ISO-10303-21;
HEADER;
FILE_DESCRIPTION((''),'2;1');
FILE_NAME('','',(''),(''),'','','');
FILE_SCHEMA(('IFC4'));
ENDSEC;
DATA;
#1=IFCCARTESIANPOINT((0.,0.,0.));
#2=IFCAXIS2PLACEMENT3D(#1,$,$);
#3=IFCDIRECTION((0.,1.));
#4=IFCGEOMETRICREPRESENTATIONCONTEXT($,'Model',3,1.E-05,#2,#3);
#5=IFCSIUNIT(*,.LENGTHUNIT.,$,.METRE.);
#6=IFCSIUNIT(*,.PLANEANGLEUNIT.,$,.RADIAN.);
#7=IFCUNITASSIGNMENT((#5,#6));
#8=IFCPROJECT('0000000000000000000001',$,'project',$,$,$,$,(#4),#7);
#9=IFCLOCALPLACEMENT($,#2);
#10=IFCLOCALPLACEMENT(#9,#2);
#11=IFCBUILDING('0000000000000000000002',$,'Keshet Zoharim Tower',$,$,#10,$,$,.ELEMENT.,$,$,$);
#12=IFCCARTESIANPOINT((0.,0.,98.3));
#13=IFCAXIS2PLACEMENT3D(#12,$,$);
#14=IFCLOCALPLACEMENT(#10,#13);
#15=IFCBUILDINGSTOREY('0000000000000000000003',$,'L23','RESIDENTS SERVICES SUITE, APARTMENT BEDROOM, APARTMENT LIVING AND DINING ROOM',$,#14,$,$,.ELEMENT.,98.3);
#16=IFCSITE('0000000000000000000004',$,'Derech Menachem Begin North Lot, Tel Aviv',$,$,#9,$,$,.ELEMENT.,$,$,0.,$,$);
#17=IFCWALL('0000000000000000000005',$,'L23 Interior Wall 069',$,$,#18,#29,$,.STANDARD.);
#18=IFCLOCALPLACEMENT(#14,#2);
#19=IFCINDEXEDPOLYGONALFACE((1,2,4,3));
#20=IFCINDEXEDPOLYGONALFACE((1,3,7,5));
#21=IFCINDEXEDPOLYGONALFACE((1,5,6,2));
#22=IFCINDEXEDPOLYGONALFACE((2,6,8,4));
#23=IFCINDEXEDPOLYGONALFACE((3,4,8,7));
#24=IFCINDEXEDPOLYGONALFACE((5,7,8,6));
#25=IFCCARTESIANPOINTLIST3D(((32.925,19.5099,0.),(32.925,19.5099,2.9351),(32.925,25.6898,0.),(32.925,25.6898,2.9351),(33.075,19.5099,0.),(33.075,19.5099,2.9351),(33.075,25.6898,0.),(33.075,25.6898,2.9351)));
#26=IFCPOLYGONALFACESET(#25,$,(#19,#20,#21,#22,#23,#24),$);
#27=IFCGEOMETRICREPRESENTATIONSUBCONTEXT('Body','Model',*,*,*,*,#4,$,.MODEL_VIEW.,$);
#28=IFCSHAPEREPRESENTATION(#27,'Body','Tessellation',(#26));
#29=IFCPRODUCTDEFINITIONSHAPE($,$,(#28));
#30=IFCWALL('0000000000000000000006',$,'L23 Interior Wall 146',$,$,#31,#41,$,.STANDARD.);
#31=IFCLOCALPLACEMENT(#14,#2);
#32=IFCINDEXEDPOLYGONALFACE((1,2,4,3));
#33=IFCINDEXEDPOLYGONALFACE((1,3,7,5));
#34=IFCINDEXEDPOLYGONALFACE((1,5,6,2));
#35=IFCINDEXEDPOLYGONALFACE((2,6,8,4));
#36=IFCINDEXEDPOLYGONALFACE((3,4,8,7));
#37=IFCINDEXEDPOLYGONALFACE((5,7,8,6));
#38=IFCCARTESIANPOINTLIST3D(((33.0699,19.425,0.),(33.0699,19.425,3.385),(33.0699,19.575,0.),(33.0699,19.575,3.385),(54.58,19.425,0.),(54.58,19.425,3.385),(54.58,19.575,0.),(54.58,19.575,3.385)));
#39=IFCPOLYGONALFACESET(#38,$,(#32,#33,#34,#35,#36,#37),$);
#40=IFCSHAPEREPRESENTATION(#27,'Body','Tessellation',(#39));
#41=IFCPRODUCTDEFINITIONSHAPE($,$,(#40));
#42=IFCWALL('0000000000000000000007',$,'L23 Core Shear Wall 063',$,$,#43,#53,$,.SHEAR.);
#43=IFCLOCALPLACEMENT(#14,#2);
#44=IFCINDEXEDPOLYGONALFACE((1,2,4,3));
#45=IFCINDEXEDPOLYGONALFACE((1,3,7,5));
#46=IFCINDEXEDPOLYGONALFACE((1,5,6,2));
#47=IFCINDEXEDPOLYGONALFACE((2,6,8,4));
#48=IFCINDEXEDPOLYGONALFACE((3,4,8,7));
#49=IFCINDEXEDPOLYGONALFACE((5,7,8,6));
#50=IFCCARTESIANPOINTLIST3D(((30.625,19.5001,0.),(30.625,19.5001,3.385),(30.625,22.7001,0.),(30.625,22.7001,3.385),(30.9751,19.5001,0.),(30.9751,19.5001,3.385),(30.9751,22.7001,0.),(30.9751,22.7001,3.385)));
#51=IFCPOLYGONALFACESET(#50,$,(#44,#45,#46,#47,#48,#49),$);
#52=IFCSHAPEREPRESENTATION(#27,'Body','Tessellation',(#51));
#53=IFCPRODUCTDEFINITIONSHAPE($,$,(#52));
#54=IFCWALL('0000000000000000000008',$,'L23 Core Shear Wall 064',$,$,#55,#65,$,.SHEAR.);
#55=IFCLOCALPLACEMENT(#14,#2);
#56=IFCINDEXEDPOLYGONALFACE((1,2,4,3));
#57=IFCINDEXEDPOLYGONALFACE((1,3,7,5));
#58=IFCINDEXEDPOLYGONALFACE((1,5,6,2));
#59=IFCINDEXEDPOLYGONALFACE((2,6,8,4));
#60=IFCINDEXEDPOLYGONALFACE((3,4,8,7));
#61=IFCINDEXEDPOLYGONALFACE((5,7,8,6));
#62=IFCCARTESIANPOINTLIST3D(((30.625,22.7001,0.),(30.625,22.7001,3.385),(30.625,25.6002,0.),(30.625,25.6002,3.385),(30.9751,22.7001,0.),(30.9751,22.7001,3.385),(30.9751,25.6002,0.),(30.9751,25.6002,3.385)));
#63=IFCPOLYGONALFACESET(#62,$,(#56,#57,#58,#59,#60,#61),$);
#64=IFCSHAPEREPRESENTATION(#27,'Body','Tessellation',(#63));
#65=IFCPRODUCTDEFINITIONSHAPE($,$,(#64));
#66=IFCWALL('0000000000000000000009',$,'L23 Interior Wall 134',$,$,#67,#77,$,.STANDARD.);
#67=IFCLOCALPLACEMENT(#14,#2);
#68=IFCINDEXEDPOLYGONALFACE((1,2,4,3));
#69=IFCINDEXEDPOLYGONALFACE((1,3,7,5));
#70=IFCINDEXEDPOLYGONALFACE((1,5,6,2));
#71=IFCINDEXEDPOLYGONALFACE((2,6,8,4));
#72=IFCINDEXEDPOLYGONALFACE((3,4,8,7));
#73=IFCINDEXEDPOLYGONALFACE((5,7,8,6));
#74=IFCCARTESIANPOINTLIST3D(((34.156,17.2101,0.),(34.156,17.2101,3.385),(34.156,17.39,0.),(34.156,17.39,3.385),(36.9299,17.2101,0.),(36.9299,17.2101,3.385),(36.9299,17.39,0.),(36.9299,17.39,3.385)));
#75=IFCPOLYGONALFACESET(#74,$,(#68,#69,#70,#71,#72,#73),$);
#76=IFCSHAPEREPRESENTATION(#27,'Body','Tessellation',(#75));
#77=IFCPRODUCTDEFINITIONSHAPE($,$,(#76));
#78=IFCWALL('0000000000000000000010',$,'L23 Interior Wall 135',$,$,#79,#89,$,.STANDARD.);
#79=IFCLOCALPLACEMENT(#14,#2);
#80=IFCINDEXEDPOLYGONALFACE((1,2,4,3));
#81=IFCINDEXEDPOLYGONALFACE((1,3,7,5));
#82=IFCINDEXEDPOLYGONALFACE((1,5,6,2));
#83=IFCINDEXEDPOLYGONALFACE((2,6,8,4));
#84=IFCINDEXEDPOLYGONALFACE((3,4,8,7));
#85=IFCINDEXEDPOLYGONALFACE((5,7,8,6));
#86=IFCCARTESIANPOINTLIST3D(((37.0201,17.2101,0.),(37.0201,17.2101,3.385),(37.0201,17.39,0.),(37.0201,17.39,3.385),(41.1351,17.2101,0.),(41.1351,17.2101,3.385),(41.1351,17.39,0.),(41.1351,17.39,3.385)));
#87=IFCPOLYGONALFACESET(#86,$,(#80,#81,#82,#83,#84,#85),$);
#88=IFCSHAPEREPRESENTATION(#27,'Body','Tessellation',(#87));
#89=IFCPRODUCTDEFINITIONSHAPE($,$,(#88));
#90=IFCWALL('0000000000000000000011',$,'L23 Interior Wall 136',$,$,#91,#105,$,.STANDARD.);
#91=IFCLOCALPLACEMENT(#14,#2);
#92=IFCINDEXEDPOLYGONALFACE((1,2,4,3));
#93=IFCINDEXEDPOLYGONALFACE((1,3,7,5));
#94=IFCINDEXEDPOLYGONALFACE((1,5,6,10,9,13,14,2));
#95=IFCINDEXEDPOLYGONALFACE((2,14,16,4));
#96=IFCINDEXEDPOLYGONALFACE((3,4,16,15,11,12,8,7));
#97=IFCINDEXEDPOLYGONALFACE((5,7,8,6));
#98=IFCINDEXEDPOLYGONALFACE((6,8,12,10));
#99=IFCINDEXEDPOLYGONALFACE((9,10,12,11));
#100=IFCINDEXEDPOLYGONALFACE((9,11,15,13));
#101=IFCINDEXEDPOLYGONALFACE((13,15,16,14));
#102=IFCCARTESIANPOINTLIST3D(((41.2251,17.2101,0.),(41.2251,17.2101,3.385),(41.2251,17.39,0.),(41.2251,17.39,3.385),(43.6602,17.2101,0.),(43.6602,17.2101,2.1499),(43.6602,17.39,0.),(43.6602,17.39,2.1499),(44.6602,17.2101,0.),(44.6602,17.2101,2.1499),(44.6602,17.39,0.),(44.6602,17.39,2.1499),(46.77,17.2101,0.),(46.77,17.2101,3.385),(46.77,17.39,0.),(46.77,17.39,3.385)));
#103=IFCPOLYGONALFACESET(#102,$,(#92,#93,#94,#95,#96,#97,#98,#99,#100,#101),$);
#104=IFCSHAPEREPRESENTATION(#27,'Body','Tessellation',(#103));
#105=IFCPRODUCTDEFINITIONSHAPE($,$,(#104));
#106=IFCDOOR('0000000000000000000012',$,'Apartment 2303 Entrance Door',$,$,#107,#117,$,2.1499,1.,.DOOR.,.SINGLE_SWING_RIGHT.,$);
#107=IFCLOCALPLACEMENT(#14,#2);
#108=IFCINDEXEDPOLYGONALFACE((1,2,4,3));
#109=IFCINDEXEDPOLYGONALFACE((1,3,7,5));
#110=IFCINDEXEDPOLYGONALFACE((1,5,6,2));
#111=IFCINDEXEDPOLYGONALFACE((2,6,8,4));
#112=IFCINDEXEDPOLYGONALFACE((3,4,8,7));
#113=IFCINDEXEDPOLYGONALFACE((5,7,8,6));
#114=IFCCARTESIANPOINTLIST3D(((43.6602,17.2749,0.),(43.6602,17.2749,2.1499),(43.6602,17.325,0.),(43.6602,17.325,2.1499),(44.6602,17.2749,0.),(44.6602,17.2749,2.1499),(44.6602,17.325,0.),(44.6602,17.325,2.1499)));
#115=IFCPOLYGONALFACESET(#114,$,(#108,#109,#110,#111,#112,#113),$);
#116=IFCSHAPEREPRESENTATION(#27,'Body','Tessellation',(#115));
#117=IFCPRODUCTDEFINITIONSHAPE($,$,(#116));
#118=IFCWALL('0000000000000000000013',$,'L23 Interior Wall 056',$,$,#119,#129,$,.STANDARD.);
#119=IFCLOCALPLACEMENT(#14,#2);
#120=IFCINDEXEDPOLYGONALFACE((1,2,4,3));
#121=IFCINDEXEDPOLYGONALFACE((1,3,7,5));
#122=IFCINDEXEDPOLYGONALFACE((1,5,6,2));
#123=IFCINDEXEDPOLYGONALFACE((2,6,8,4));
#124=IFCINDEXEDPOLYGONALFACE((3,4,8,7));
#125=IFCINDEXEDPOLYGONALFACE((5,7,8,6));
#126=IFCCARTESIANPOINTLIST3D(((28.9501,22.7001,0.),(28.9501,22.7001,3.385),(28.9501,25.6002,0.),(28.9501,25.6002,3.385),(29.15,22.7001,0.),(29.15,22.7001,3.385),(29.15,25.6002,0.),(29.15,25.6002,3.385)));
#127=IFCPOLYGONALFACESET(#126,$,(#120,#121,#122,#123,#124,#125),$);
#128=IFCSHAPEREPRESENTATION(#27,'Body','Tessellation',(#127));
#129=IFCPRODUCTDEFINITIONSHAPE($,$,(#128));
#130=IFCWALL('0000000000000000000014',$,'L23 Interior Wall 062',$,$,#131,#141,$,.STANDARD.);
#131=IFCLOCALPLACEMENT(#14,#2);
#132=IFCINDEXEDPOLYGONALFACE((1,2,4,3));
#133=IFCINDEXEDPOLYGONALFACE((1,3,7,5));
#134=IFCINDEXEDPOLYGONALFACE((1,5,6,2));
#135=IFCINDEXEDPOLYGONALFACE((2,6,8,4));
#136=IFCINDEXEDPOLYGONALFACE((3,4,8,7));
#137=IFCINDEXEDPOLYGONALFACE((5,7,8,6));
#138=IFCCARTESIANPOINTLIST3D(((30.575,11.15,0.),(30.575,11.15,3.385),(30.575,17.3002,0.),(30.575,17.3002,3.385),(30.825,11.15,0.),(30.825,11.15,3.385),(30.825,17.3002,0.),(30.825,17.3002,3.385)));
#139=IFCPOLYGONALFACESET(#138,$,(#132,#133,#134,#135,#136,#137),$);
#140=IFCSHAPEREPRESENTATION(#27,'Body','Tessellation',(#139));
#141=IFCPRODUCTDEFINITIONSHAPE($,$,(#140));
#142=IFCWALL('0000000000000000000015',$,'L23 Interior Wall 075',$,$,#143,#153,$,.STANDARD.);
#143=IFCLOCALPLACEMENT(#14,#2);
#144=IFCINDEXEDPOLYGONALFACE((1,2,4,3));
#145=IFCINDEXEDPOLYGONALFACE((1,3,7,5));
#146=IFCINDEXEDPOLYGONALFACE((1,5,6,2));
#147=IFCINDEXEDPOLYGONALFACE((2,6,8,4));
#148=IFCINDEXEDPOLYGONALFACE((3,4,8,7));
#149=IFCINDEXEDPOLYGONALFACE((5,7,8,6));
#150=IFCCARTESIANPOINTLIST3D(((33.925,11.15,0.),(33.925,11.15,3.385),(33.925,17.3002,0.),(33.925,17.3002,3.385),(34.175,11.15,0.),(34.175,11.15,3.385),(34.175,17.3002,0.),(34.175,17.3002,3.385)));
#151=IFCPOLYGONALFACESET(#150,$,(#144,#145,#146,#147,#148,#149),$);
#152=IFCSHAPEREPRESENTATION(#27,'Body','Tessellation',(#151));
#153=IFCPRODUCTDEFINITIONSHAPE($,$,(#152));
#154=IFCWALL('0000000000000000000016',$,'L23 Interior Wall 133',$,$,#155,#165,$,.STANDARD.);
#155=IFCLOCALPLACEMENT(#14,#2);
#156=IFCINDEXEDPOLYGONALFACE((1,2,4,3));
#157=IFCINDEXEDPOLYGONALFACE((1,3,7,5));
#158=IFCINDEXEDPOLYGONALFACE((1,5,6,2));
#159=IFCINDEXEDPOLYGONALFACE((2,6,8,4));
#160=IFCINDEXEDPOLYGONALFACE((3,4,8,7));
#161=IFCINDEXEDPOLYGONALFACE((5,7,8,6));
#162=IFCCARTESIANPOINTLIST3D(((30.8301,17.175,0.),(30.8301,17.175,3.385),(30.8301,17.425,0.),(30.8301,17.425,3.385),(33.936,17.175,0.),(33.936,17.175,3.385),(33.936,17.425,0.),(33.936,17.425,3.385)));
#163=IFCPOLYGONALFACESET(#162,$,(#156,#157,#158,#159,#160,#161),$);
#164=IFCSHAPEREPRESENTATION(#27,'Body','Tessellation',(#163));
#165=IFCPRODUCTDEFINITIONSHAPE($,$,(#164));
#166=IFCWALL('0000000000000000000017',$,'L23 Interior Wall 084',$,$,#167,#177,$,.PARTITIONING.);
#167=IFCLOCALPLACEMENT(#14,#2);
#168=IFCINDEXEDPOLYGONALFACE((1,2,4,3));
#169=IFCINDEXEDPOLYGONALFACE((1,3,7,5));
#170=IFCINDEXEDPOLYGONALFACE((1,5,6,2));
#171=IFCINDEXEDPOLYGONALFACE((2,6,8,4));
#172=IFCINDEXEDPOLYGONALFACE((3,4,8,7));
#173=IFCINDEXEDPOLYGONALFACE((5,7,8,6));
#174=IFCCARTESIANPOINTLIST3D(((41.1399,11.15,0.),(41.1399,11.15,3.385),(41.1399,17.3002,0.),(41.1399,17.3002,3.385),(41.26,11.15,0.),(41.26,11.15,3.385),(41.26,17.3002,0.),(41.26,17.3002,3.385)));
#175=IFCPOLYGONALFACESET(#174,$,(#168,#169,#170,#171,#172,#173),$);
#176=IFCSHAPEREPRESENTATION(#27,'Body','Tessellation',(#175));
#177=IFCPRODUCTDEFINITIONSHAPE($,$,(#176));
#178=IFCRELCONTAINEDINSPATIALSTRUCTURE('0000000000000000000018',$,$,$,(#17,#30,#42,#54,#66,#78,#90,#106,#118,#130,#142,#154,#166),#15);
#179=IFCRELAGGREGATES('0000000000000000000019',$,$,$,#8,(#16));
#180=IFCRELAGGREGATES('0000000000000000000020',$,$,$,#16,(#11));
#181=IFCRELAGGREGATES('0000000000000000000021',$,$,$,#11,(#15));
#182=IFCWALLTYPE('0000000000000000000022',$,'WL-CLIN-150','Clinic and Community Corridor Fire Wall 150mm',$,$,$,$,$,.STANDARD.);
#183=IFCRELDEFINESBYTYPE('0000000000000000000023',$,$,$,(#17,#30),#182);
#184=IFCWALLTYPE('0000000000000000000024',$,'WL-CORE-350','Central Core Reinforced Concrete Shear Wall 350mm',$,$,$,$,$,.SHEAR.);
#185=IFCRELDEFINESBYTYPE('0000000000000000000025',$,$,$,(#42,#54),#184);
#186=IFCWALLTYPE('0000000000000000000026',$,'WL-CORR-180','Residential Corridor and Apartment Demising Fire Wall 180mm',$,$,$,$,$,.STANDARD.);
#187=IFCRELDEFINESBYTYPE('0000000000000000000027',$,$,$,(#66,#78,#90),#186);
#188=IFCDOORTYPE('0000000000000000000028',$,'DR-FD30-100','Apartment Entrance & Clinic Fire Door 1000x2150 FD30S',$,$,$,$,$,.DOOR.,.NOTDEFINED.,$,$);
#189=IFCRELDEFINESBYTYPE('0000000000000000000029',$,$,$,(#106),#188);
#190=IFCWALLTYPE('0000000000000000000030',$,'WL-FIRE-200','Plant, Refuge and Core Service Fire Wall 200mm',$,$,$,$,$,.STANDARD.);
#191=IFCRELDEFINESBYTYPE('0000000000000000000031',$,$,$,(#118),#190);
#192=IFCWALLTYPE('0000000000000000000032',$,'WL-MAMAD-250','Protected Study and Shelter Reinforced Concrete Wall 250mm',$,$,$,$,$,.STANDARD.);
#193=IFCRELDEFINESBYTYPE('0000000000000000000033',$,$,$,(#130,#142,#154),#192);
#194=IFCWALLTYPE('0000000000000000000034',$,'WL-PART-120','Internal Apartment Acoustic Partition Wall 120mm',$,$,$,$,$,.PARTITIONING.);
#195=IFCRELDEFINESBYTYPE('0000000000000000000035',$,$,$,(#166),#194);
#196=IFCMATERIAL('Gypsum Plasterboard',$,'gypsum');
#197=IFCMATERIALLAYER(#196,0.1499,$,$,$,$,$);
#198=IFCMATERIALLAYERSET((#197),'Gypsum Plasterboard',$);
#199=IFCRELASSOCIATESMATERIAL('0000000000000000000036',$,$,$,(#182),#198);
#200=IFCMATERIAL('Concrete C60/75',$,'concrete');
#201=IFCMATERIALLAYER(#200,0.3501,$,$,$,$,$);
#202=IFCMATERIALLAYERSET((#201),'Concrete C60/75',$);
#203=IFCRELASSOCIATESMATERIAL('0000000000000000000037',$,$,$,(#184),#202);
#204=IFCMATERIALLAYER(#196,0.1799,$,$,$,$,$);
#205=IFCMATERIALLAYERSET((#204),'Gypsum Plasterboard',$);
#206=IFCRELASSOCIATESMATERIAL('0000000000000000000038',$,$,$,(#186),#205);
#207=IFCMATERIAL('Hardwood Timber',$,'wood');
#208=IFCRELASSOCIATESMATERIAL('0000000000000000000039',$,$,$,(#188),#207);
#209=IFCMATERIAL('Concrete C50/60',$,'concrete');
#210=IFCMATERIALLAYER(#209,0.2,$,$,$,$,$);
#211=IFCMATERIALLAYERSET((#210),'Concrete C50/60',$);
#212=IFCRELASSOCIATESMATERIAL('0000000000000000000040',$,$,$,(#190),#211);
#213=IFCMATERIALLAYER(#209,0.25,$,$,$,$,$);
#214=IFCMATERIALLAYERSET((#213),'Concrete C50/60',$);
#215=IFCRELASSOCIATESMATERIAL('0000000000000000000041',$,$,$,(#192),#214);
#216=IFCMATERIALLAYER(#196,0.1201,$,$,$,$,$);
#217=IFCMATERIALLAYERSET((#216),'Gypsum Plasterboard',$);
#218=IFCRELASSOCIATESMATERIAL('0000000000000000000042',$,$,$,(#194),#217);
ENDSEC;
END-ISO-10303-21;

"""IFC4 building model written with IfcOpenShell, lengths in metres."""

from ifc_helpers import new_model, si_unit, direction, frame, frame_2d, origin, place, context, subcontext, project, spatial, rectangle, extrude, material, layer, layer_set, type_object, element, fill, save


model = new_model("IFC4")

# Units and contexts
model_context = context("Model", 3, precision=1e-05, world=origin(), true_north=direction((0.0, 1.0)))
body_context = subcontext(model_context, "Body", "Model", "MODEL_VIEW")
ifc_project = project(units=[si_unit("LENGTHUNIT", "METRE"), si_unit("PLANEANGLEUNIT", "RADIAN")], contexts=[model_context])

# Site, building, storey
site_placement = place(None, origin())
site = spatial("IfcSite", under=ifc_project, at=site_placement, Name="Derech Menachem Begin North Lot, Tel Aviv", CompositionType="ELEMENT", RefElevation=0.0)
building_placement = place(site_placement, origin())
building = spatial("IfcBuilding", under=site, at=building_placement, Name="Keshet Zoharim Tower", CompositionType="ELEMENT")
storey_placement = place(building_placement, frame((0.0, 0.0, 98.3)))
storey = spatial("IfcBuildingStorey", under=building, at=storey_placement, Name="L23", Description="RESIDENTS SERVICES SUITE, APARTMENT BEDROOM, APARTMENT LIVING AND DINING ROOM", CompositionType="ELEMENT", Elevation=98.3)

# Shared definitions
ifc_material_1 = material(Name="Concrete C60/75", Category="concrete")

# Walls
ifc_material_2 = material(Name="Gypsum Plasterboard", Category="gypsum")
ifc_layer_1 = layer(ifc_material_2, 0.1499)
ifc_layer_set_1 = layer_set([ifc_layer_1], Name="Gypsum Plasterboard")
wall_type_1 = type_object("IfcWallType", Name="WL-CLIN-150", Description="Clinic and Community Corridor Fire Wall 150mm", PredefinedType="STANDARD", material=ifc_layer_set_1)
wall_1_placement = place(storey_placement, frame((33.0, 19.51, 0.0), z_axis=(0.0, 0.0, 1.0), x_axis=(0.0, 1.0, 0.0)))
element("IfcWall", 1, at=wall_1_placement, inside=storey, type_object=wall_type_1, Name="L23 Interior Wall 069", PredefinedType="STANDARD", context=body_context, shape_type="SweptSolid", body=[
    extrude(rectangle(XDim=6.1799, YDim=0.1499, at=frame_2d((3.0898, 0.0))), origin(), (0.0, 0.0, 1.0), 2.9351),
])
wall_2_placement = place(storey_placement, frame((33.0701, 19.5, 0.0), z_axis=(0.0, 0.0, 1.0), x_axis=(1.0, 0.0, 0.0)))
element("IfcWall", 2, at=wall_2_placement, inside=storey, type_object=wall_type_1, Name="L23 Interior Wall 146", PredefinedType="STANDARD", context=body_context, shape_type="SweptSolid", body=[
    extrude(rectangle(XDim=21.51, YDim=0.1499, at=frame_2d((10.7549, 0.0))), origin(), (0.0, 0.0, 1.0), 3.385),
])
ifc_layer_2 = layer(ifc_material_1, 0.3501)
ifc_layer_set_2 = layer_set([ifc_layer_2], Name="Concrete C60/75")
wall_type_2 = type_object("IfcWallType", Name="WL-CORE-350", Description="Central Core Reinforced Concrete Shear Wall 350mm", PredefinedType="SHEAR", material=ifc_layer_set_2)
wall_3_placement = place(storey_placement, frame((30.8, 19.5, 0.0), z_axis=(0.0, 0.0, 1.0), x_axis=(0.0, 1.0, 0.0)))
element("IfcWall", 3, at=wall_3_placement, inside=storey, type_object=wall_type_2, Name="L23 Core Shear Wall 063", PredefinedType="SHEAR", context=body_context, shape_type="SweptSolid", body=[
    extrude(rectangle(XDim=3.2, YDim=0.3501, at=frame_2d((1.6001, 0.0))), origin(), (0.0, 0.0, 1.0), 3.385),
])
wall_4_placement = place(storey_placement, frame((30.8, 22.7, 0.0), z_axis=(0.0, 0.0, 1.0), x_axis=(0.0, 1.0, 0.0)))
element("IfcWall", 4, at=wall_4_placement, inside=storey, type_object=wall_type_2, Name="L23 Core Shear Wall 064", PredefinedType="SHEAR", context=body_context, shape_type="SweptSolid", body=[
    extrude(rectangle(XDim=2.9001, YDim=0.3501, at=frame_2d((1.4502, 0.0))), origin(), (0.0, 0.0, 1.0), 3.385),
])
ifc_layer_3 = layer(ifc_material_2, 0.1799)
ifc_layer_set_3 = layer_set([ifc_layer_3], Name="Gypsum Plasterboard")
wall_type_3 = type_object("IfcWallType", Name="WL-CORR-180", Description="Residential Corridor and Apartment Demising Fire Wall 180mm", PredefinedType="STANDARD", material=ifc_layer_set_3)
wall_5_placement = place(storey_placement, frame((34.156, 17.3, 0.0), z_axis=(0.0, 0.0, 1.0), x_axis=(1.0, 0.0, 0.0)))
element("IfcWall", 5, at=wall_5_placement, inside=storey, type_object=wall_type_3, Name="L23 Interior Wall 134", PredefinedType="STANDARD", context=body_context, shape_type="SweptSolid", body=[
    extrude(rectangle(XDim=2.7739, YDim=0.1799, at=frame_2d((1.387, 0.0))), origin(), (0.0, 0.0, 1.0), 3.385),
])
wall_6_placement = place(storey_placement, frame((37.02, 17.3, 0.0), z_axis=(0.0, 0.0, 1.0), x_axis=(1.0, 0.0, 0.0)))
element("IfcWall", 6, at=wall_6_placement, inside=storey, type_object=wall_type_3, Name="L23 Interior Wall 135", PredefinedType="STANDARD", context=body_context, shape_type="SweptSolid", body=[
    extrude(rectangle(XDim=4.115, YDim=0.1799, at=frame_2d((2.0576, 0.0))), origin(), (0.0, 0.0, 1.0), 3.385),
])

# Wall, opening, door
wall_7_placement = place(storey_placement, frame((41.2251, 17.3, 0.0), z_axis=(0.0, 0.0, 1.0), x_axis=(1.0, 0.0, 0.0)))
wall_7 = element("IfcWall", 7, at=wall_7_placement, inside=storey, type_object=wall_type_3, Name="L23 Interior Wall 136", PredefinedType="STANDARD", context=body_context, shape_type="SweptSolid", body=[
    extrude(rectangle(XDim=5.5449, YDim=0.1799, at=frame_2d((2.7725, 0.0))), origin(), (0.0, 0.0, 1.0), 3.385),
])
opening_1_placement = place(wall_7_placement, frame((2.4351, 0.0, 0.0)))
opening_1 = element("IfcOpeningElement", 8, at=opening_1_placement, cuts=wall_7, PredefinedType="OPENING", context=body_context, shape_type="SweptSolid", body=[
    extrude(rectangle(XDim=1.0, YDim=2.1499, at=frame_2d((0.5, 1.075))), frame((0.0, 0.1001, 0.0), z_axis=(0.0, -1.0, 0.0), x_axis=(1.0, 0.0, 0.0)), (0.0, 0.0, 1.0), 0.2),
])
ifc_material_3 = material(Name="Hardwood Timber", Category="wood")
door_type_1 = type_object("IfcDoorType", Name="DR-FD30-100", Description="Apartment Entrance & Clinic Fire Door 1000x2150 FD30S", OperationType="NOTDEFINED", PredefinedType="DOOR", material=ifc_material_3)
door_1_placement = place(opening_1_placement, origin())
door_1 = element("IfcDoor", 9, at=door_1_placement, inside=storey, type_object=door_type_1, Name="Apartment 2303 Entrance Door", OperationType="SINGLE_SWING_RIGHT", OverallHeight=2.1499, OverallWidth=1.0, PredefinedType="DOOR", context=body_context, shape_type="SweptSolid", body=[
    extrude(rectangle(XDim=1.0, YDim=2.1499, at=frame_2d((0.5, 1.075))), frame((0.0, 0.0249, 0.0), z_axis=(0.0, -1.0, 0.0), x_axis=(1.0, 0.0, 0.0)), (0.0, 0.0, 1.0), 0.05),
])
fill(opening_1, door_1)

# Walls
ifc_material_4 = material(Name="Concrete C50/60", Category="concrete")
ifc_layer_4 = layer(ifc_material_4, 0.2)
ifc_layer_set_4 = layer_set([ifc_layer_4], Name="Concrete C50/60")
wall_type_4 = type_object("IfcWallType", Name="WL-FIRE-200", Description="Plant, Refuge and Core Service Fire Wall 200mm", PredefinedType="STANDARD", material=ifc_layer_set_4)
wall_8_placement = place(storey_placement, frame((29.05, 22.7, 0.0), z_axis=(0.0, 0.0, 1.0), x_axis=(0.0, 1.0, 0.0)))
element("IfcWall", 10, at=wall_8_placement, inside=storey, type_object=wall_type_4, Name="L23 Interior Wall 056", PredefinedType="STANDARD", context=body_context, shape_type="SweptSolid", body=[
    extrude(rectangle(XDim=2.9001, YDim=0.2, at=frame_2d((1.4502, 0.0))), origin(), (0.0, 0.0, 1.0), 3.385),
])
ifc_layer_5 = layer(ifc_material_4, 0.25)
ifc_layer_set_5 = layer_set([ifc_layer_5], Name="Concrete C50/60")
wall_type_5 = type_object("IfcWallType", Name="WL-MAMAD-250", Description="Protected Study and Shelter Reinforced Concrete Wall 250mm", PredefinedType="STANDARD", material=ifc_layer_set_5)
for number, where, z_axis, x_axis, name in (
    (11, (30.7, 11.1499, 0.0), (0.0, 0.0, 1.0), (0.0, 1.0, 0.0), "L23 Interior Wall 062"),
    (12, (34.05, 11.1499, 0.0), (0.0, 0.0, 1.0), (0.0, 1.0, 0.0), "L23 Interior Wall 075"),
):
    element("IfcWall", number, at=place(storey_placement, frame(where, z_axis=z_axis, x_axis=x_axis)), inside=storey, type_object=wall_type_5, Name=name, PredefinedType="STANDARD", context=body_context, shape_type="SweptSolid", body=[
        extrude(rectangle(XDim=6.1501, YDim=0.25, at=frame_2d((3.0752, 0.0))), origin(), (0.0, 0.0, 1.0), 3.385),
    ])

# Walls
wall_9_placement = place(storey_placement, frame((30.8301, 17.3, 0.0), z_axis=(0.0, 0.0, 1.0), x_axis=(1.0, 0.0, 0.0)))
element("IfcWall", 13, at=wall_9_placement, inside=storey, type_object=wall_type_5, Name="L23 Interior Wall 133", PredefinedType="STANDARD", context=body_context, shape_type="SweptSolid", body=[
    extrude(rectangle(XDim=3.106, YDim=0.25, at=frame_2d((1.553, 0.0))), origin(), (0.0, 0.0, 1.0), 3.385),
])
ifc_layer_6 = layer(ifc_material_2, 0.1201)
ifc_layer_set_6 = layer_set([ifc_layer_6], Name="Gypsum Plasterboard")
wall_type_6 = type_object("IfcWallType", Name="WL-PART-120", Description="Internal Apartment Acoustic Partition Wall 120mm", PredefinedType="PARTITIONING", material=ifc_layer_set_6)
wall_10_placement = place(storey_placement, frame((41.2, 11.1499, 0.0), z_axis=(0.0, 0.0, 1.0), x_axis=(0.0, 1.0, 0.0)))
element("IfcWall", 14, at=wall_10_placement, inside=storey, type_object=wall_type_6, Name="L23 Interior Wall 084", PredefinedType="PARTITIONING", context=body_context, shape_type="SweptSolid", body=[
    extrude(rectangle(XDim=6.1501, YDim=0.1201, at=frame_2d((3.0752, 0.0))), origin(), (0.0, 0.0, 1.0), 3.385),
])

save(model, "model.ifc")
